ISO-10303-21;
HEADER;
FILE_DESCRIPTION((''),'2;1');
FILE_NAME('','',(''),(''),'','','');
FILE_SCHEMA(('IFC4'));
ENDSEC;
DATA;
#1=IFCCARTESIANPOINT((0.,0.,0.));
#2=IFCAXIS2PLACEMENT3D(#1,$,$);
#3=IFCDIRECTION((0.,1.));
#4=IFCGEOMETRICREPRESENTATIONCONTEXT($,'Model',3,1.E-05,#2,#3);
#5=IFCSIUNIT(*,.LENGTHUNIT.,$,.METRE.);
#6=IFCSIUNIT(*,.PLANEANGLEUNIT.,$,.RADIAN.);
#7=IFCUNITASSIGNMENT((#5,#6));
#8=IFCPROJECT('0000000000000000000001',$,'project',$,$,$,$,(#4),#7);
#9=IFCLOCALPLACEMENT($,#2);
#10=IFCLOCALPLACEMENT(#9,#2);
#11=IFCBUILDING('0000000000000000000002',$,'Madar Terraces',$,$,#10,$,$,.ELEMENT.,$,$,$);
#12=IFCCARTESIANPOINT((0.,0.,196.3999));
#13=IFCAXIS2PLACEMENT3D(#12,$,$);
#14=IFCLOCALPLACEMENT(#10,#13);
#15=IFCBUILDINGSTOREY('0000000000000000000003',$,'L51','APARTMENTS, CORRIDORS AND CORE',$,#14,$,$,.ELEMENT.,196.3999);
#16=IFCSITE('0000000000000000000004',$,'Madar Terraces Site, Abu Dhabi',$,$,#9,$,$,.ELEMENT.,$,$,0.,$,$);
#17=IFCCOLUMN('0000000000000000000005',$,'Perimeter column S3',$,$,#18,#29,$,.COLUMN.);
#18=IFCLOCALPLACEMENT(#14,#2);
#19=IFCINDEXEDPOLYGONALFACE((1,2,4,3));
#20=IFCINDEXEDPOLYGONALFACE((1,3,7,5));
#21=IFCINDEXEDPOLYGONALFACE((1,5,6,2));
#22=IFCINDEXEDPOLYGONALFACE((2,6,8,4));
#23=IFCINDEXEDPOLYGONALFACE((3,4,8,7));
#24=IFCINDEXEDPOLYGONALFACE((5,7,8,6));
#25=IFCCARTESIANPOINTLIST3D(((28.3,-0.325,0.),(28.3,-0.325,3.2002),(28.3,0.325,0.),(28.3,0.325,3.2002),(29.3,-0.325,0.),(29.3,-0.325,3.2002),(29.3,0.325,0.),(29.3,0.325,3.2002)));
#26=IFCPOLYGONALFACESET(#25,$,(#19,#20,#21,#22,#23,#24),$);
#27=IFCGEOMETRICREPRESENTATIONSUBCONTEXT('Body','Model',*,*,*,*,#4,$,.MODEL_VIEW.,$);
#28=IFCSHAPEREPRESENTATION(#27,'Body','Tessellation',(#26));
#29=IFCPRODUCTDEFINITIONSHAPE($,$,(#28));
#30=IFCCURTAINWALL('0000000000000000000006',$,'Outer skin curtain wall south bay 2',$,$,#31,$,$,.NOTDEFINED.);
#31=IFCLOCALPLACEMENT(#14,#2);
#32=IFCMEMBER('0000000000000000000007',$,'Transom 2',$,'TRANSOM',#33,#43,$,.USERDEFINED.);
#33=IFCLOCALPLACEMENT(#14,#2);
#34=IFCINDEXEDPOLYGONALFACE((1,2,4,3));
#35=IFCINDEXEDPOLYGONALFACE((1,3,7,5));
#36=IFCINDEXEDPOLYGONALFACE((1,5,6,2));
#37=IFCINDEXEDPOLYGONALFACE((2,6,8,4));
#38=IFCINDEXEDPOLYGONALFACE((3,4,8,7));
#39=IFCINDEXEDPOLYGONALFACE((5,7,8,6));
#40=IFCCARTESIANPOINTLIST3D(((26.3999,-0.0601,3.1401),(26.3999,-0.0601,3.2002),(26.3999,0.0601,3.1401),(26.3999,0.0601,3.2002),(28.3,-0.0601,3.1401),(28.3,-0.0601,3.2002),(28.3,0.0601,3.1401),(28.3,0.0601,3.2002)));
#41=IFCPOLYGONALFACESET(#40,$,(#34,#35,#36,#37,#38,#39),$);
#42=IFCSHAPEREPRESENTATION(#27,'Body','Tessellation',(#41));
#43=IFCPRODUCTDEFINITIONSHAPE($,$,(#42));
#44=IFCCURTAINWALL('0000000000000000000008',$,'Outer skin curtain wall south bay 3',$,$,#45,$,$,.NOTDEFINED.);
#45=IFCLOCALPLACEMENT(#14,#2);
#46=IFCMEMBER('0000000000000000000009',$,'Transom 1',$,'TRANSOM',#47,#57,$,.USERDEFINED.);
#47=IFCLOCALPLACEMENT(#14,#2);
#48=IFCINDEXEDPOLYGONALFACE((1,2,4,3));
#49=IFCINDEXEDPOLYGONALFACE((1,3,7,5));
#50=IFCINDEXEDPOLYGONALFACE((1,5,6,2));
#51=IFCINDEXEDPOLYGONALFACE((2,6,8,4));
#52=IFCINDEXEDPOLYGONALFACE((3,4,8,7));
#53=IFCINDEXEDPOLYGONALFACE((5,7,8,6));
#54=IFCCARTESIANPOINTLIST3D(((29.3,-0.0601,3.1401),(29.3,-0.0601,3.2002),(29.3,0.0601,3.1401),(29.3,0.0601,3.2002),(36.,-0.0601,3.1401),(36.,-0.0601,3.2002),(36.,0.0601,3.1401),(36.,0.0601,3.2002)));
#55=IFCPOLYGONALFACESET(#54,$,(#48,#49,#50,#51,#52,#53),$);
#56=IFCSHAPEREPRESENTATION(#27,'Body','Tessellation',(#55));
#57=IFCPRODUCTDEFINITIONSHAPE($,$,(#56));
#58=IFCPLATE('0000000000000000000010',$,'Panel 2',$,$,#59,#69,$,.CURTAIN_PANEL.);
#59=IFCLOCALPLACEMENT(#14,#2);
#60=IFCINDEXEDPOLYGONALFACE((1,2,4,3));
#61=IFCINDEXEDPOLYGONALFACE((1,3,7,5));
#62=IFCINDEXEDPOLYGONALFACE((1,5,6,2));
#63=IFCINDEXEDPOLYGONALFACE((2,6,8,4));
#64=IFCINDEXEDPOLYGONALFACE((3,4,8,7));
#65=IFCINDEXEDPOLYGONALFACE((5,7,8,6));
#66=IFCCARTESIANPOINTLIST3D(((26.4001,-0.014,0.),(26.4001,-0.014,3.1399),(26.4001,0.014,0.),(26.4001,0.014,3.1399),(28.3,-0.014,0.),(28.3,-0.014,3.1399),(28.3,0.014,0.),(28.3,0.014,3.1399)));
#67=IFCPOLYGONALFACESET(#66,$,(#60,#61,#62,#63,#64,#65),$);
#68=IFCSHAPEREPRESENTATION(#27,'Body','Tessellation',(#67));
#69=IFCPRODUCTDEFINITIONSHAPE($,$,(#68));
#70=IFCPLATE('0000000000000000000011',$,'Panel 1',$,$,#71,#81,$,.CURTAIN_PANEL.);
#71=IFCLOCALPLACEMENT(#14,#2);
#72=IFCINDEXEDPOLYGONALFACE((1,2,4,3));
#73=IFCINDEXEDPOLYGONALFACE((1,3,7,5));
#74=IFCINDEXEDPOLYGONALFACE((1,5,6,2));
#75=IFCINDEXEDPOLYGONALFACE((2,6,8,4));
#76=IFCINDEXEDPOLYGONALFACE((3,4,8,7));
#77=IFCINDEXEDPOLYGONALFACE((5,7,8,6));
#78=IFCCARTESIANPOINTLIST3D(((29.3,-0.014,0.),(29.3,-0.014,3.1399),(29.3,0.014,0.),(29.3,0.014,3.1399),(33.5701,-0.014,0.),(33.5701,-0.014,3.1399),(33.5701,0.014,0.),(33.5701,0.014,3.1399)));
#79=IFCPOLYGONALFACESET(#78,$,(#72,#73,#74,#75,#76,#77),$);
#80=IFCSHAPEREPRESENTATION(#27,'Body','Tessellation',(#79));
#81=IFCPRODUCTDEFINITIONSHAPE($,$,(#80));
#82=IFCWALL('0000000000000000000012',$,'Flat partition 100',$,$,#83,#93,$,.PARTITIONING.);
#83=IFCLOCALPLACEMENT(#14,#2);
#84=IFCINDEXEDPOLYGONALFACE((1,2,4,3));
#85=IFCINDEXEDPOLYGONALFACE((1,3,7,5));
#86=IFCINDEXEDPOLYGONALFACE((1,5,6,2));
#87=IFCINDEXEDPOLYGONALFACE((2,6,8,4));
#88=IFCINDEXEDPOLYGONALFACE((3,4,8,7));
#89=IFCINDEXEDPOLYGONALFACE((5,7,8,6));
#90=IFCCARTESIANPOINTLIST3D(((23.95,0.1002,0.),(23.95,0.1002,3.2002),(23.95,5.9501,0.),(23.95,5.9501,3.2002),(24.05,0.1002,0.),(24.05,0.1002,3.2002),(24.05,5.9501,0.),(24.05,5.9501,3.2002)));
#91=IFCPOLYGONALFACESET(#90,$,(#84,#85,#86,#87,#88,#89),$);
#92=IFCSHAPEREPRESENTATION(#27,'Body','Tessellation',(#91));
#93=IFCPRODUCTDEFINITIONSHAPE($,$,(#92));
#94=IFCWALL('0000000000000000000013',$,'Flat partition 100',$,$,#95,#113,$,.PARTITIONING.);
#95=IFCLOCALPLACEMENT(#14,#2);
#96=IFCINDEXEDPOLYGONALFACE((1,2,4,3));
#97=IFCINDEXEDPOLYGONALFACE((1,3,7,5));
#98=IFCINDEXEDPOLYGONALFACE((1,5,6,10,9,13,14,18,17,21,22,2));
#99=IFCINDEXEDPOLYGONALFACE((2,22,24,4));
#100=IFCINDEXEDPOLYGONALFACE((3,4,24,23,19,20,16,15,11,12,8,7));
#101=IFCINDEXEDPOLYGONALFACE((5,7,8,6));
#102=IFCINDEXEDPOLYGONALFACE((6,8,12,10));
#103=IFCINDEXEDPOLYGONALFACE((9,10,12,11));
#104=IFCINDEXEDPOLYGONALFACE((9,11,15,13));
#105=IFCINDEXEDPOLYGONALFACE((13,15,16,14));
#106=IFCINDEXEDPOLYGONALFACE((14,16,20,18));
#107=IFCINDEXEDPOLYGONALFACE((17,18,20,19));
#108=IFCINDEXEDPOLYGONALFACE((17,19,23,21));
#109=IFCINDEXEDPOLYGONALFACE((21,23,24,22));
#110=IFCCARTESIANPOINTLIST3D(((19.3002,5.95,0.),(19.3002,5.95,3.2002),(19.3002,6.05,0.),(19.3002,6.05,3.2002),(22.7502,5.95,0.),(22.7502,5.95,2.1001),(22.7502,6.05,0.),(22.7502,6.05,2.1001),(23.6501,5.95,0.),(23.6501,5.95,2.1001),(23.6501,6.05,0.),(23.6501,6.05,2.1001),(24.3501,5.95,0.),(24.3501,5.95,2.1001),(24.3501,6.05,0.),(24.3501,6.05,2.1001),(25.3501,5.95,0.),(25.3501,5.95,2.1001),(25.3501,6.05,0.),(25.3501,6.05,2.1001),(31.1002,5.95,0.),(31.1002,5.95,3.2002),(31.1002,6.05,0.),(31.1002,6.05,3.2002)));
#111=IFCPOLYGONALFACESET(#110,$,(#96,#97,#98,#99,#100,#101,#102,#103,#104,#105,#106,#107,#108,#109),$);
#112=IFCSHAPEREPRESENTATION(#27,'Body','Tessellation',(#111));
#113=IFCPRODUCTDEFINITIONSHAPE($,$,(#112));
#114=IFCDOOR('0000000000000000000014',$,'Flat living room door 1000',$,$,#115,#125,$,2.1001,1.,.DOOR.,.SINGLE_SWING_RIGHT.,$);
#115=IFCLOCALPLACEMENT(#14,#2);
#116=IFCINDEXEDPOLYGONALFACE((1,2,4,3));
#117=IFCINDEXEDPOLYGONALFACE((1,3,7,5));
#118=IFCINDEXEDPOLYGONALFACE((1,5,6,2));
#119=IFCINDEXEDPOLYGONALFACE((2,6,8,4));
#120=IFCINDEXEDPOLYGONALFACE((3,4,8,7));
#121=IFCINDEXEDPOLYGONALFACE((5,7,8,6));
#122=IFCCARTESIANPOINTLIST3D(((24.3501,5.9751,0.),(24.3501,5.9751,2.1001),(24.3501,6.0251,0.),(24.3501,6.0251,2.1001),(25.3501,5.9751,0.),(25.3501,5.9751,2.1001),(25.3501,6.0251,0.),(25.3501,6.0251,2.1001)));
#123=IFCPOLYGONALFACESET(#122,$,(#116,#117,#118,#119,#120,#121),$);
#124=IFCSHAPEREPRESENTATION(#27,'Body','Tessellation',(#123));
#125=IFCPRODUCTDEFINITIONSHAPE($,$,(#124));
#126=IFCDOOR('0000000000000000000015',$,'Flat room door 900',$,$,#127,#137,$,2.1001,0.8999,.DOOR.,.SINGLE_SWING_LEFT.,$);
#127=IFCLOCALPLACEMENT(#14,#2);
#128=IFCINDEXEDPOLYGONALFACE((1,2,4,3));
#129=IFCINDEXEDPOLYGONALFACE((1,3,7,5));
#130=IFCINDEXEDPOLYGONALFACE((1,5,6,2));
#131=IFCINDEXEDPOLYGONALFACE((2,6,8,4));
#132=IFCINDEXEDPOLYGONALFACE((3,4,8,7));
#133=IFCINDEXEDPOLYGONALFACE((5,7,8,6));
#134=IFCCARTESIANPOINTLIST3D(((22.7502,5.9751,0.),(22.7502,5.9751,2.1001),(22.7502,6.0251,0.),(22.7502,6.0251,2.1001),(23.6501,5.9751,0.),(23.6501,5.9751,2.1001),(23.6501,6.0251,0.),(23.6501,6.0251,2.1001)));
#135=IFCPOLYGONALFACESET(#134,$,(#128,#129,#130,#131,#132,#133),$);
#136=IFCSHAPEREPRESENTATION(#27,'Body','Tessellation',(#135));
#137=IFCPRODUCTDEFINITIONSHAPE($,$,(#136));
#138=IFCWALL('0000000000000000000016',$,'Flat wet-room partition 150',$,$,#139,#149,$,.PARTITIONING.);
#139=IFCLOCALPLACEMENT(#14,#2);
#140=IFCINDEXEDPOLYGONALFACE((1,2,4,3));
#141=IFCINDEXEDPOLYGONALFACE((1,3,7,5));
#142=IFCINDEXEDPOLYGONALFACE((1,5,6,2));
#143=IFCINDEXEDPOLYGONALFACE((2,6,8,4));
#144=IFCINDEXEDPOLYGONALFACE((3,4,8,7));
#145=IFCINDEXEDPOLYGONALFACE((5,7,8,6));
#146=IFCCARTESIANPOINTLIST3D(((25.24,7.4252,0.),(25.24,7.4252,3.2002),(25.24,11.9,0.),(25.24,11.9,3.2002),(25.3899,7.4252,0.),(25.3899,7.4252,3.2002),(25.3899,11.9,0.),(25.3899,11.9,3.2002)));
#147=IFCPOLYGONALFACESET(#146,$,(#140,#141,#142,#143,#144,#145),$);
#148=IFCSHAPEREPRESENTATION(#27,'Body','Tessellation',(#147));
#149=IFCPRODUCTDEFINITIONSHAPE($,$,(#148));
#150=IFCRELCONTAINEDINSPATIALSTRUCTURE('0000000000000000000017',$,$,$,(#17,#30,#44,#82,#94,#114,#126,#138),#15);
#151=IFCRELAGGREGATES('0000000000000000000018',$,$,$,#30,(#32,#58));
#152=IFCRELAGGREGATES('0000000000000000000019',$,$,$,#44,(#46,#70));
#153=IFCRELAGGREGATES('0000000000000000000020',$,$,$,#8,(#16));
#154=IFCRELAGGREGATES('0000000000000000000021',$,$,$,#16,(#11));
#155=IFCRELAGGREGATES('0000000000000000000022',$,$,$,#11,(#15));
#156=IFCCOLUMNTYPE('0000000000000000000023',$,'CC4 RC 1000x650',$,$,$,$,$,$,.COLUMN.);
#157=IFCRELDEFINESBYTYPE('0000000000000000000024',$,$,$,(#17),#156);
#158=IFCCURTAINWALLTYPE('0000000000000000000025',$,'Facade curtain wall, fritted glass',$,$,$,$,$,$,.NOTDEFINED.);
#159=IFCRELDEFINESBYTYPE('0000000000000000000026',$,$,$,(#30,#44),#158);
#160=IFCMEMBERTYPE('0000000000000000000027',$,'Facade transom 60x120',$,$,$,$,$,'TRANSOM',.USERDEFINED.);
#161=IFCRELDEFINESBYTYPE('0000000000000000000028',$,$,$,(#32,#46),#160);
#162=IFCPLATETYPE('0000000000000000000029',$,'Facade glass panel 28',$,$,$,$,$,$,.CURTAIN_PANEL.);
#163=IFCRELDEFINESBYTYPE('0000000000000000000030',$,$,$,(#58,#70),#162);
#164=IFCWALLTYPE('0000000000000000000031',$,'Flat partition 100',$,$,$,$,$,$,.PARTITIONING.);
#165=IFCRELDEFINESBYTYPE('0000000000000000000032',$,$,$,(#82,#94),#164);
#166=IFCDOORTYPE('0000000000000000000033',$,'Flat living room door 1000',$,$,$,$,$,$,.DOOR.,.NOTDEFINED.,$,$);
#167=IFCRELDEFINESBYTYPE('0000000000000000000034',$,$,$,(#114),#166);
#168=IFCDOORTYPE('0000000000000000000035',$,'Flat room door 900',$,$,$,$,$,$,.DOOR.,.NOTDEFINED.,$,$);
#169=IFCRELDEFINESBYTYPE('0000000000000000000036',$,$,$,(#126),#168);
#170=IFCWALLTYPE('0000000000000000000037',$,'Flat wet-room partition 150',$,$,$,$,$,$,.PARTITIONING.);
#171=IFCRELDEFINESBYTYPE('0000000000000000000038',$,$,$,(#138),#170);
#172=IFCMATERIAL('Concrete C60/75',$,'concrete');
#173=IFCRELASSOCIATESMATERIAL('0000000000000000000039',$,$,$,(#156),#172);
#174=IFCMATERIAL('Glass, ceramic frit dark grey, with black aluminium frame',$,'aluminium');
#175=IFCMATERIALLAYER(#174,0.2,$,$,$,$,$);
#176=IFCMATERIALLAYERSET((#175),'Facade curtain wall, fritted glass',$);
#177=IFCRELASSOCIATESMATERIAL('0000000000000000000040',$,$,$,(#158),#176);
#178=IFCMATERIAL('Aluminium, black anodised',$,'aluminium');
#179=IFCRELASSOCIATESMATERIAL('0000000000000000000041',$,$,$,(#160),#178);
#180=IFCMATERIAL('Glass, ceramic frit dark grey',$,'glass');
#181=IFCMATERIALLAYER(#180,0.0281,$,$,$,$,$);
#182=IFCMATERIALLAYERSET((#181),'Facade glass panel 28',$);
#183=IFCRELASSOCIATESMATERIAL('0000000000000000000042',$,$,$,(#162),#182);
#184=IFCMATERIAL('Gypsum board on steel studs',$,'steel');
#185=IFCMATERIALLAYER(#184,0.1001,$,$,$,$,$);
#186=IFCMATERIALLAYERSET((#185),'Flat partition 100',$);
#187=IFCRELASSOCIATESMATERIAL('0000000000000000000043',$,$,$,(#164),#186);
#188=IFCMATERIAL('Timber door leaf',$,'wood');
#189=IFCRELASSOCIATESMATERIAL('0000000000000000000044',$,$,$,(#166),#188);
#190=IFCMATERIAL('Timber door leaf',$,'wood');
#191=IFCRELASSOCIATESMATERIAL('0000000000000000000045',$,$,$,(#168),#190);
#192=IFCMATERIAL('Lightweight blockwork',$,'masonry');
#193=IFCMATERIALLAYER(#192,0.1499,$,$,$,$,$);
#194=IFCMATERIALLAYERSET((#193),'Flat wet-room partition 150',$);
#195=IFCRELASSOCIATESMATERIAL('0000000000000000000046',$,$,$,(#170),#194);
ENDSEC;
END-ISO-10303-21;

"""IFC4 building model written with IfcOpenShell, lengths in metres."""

from ifc_helpers import new_model, si_unit, direction, frame, frame_2d, origin, origin_2d, place, context, subcontext, project, spatial, rectangle, extrude, material, layer, layer_set, material_profile, profile_set, type_object, element, fill, aggregate, save


model = new_model("IFC4")

# Units and contexts
model_context = context("Model", 3, precision=1e-05, world=origin(), true_north=direction((0.0, 1.0)))
body_context = subcontext(model_context, "Body", "Model", "MODEL_VIEW")
ifc_project = project(units=[si_unit("LENGTHUNIT", "METRE"), si_unit("PLANEANGLEUNIT", "RADIAN")], contexts=[model_context])

# Site, building, storey
site_placement = place(None, origin())
site = spatial("IfcSite", under=ifc_project, at=site_placement, Name="Madar Terraces Site, Abu Dhabi", CompositionType="ELEMENT", RefElevation=0.0)
building_placement = place(site_placement, origin())
building = spatial("IfcBuilding", under=site, at=building_placement, Name="Madar Terraces", CompositionType="ELEMENT")
storey_placement = place(building_placement, frame((0.0, 0.0, 196.3999)))
storey = spatial("IfcBuildingStorey", under=building, at=storey_placement, Name="L51", Description="APARTMENTS, CORRIDORS AND CORE", CompositionType="ELEMENT", Elevation=196.3999)

# Column
ifc_material_1 = material(Name="Concrete C60/75", Category="concrete")
ifc_material_profile_1 = material_profile(ifc_material_1, rectangle(XDim=1.0, YDim=0.6499, at=origin_2d()), Name="CC4 RC 1000x650")
ifc_profile_set_1 = profile_set([ifc_material_profile_1], Name="Concrete C60/75")
column_type = type_object("IfcColumnType", Name="CC4 RC 1000x650", PredefinedType="COLUMN", material=ifc_profile_set_1)
column_placement = place(storey_placement, frame((28.8, 0.0, 0.0), z_axis=(0.0, 0.0, 1.0), x_axis=(1.0, 0.0, 0.0)))
element("IfcColumn", 1, at=column_placement, inside=storey, type_object=column_type, Name="Perimeter column S3", PredefinedType="COLUMN", context=body_context, shape_type="SweptSolid", body=[
    extrude(rectangle(XDim=1.0, YDim=0.6499, at=origin_2d()), origin(), (0.0, 0.0, 1.0), 3.2002),
])

# Curtain walls, members
ifc_material_2 = material(Name="Glass, ceramic frit dark grey, with black aluminium frame", Category="aluminium")
ifc_layer_1 = layer(ifc_material_2, 0.2)
ifc_layer_set_1 = layer_set([ifc_layer_1], Name="Facade curtain wall, fritted glass")
curtain_wall_type = type_object("IfcCurtainWallType", Name="Facade curtain wall, fritted glass", PredefinedType="NOTDEFINED", material=ifc_layer_set_1)
curtain_wall_1_placement = place(storey_placement, origin())
curtain_wall_1 = element("IfcCurtainWall", 2, at=curtain_wall_1_placement, inside=storey, type_object=curtain_wall_type, Name="Outer skin curtain wall south bay 2", PredefinedType="NOTDEFINED")
ifc_material_3 = material(Name="Aluminium, black anodised", Category="aluminium")
ifc_material_profile_2 = material_profile(ifc_material_3, rectangle(XDim=0.1201, YDim=0.0601, at=origin_2d()), Name="Facade transom 60x120")
ifc_profile_set_2 = profile_set([ifc_material_profile_2], Name="Aluminium, black anodised")
member_type = type_object("IfcMemberType", Name="Facade transom 60x120", ElementType="TRANSOM", PredefinedType="USERDEFINED", material=ifc_profile_set_2)
member_1_placement = place(storey_placement, frame((26.3999, 0.0, 3.1702), z_axis=(1.0, 0.0, 0.0), x_axis=(0.0, 1.0, 0.0)))
member_1 = element("IfcMember", 3, at=member_1_placement, type_object=member_type, Name="Transom 2", ObjectType="TRANSOM", PredefinedType="USERDEFINED", context=body_context, shape_type="SweptSolid", body=[
    extrude(rectangle(XDim=0.1201, YDim=0.0601, at=origin_2d()), origin(), (0.0, 0.0, 1.0), 1.9001),
])
curtain_wall_2_placement = place(storey_placement, origin())
curtain_wall_2 = element("IfcCurtainWall", 4, at=curtain_wall_2_placement, inside=storey, type_object=curtain_wall_type, Name="Outer skin curtain wall south bay 3", PredefinedType="NOTDEFINED")
member_2_placement = place(storey_placement, frame((29.3, 0.0, 3.1702), z_axis=(1.0, 0.0, 0.0), x_axis=(0.0, 1.0, 0.0)))
member_2 = element("IfcMember", 5, at=member_2_placement, type_object=member_type, Name="Transom 1", ObjectType="TRANSOM", PredefinedType="USERDEFINED", context=body_context, shape_type="SweptSolid", body=[
    extrude(rectangle(XDim=0.1201, YDim=0.0601, at=origin_2d()), origin(), (0.0, 0.0, 1.0), 6.7),
])

# Plates
ifc_material_4 = material(Name="Glass, ceramic frit dark grey", Category="glass")
ifc_layer_2 = layer(ifc_material_4, 0.0281)
ifc_layer_set_2 = layer_set([ifc_layer_2], Name="Facade glass panel 28")
plate_type = type_object("IfcPlateType", Name="Facade glass panel 28", PredefinedType="CURTAIN_PANEL", material=ifc_layer_set_2)
plate_1_placement = place(storey_placement, frame((27.3501, 0.0, 0.0), z_axis=(0.0, 0.0, 1.0), x_axis=(1.0, 0.0, 0.0)))
plate_1 = element("IfcPlate", 6, at=plate_1_placement, type_object=plate_type, Name="Panel 2", PredefinedType="CURTAIN_PANEL", context=body_context, shape_type="SweptSolid", body=[
    extrude(rectangle(XDim=1.8999, YDim=0.0281, at=origin_2d()), origin(), (0.0, 0.0, 1.0), 3.1399),
])
aggregate(curtain_wall_1, [member_1, plate_1])
plate_2_placement = place(storey_placement, frame((31.4351, 0.0, 0.0), z_axis=(0.0, 0.0, 1.0), x_axis=(1.0, 0.0, 0.0)))
plate_2 = element("IfcPlate", 7, at=plate_2_placement, type_object=plate_type, Name="Panel 1", PredefinedType="CURTAIN_PANEL", context=body_context, shape_type="SweptSolid", body=[
    extrude(rectangle(XDim=4.27, YDim=0.0281, at=origin_2d()), origin(), (0.0, 0.0, 1.0), 3.1399),
])
aggregate(curtain_wall_2, [member_2, plate_2])

# Wall
ifc_material_5 = material(Name="Gypsum board on steel studs", Category="steel")
ifc_layer_3 = layer(ifc_material_5, 0.1001)
ifc_layer_set_3 = layer_set([ifc_layer_3], Name="Flat partition 100")
wall_type_1 = type_object("IfcWallType", Name="Flat partition 100", PredefinedType="PARTITIONING", material=ifc_layer_set_3)
wall_1_placement = place(storey_placement, frame((24.0, 5.95, 0.0), z_axis=(0.0, 0.0, 1.0), x_axis=(0.0, -1.0, 0.0)))
element("IfcWall", 8, at=wall_1_placement, inside=storey, type_object=wall_type_1, Name="Flat partition 100", PredefinedType="PARTITIONING", context=body_context, shape_type="SweptSolid", body=[
    extrude(rectangle(XDim=5.8499, YDim=0.1001, at=frame_2d((2.9248, 0.0))), origin(), (0.0, 0.0, 1.0), 3.2002),
])

# Wall, openings, doors
wall_2_placement = place(storey_placement, frame((31.1001, 6.0, 0.0), z_axis=(0.0, 0.0, 1.0), x_axis=(-1.0, 0.0, 0.0)))
wall_2 = element("IfcWall", 9, at=wall_2_placement, inside=storey, type_object=wall_type_1, Name="Flat partition 100", PredefinedType="PARTITIONING", context=body_context, shape_type="SweptSolid", body=[
    extrude(rectangle(XDim=11.8, YDim=0.1001, at=frame_2d((5.8999, 0.0))), origin(), (0.0, 0.0, 1.0), 3.2002),
])
opening_1_placement = place(wall_2_placement, frame((5.75, 0.0, 0.0)))
opening_1 = element("IfcOpeningElement", 10, at=opening_1_placement, cuts=wall_2, PredefinedType="OPENING", context=body_context, shape_type="SweptSolid", body=[
    extrude(rectangle(XDim=1.0, YDim=2.1001, at=frame_2d((0.5, 1.05))), frame((0.0, 0.0601, 0.0), z_axis=(0.0, -1.0, 0.0), x_axis=(1.0, 0.0, 0.0)), (0.0, 0.0, 1.0), 0.1201),
])
opening_2_placement = place(wall_2_placement, frame((7.45, 0.0, 0.0)))
opening_2 = element("IfcOpeningElement", 11, at=opening_2_placement, cuts=wall_2, PredefinedType="OPENING", context=body_context, shape_type="SweptSolid", body=[
    extrude(rectangle(XDim=0.8999, YDim=2.1001, at=frame_2d((0.45, 1.05))), frame((0.0, 0.0601, 0.0), z_axis=(0.0, -1.0, 0.0), x_axis=(1.0, 0.0, 0.0)), (0.0, 0.0, 1.0), 0.1201),
])
ifc_material_6 = material(Name="Timber door leaf", Category="wood")
door_type_1 = type_object("IfcDoorType", Name="Flat living room door 1000", OperationType="NOTDEFINED", PredefinedType="DOOR", material=ifc_material_6)
door_1_placement = place(opening_1_placement, origin())
door_1 = element("IfcDoor", 12, at=door_1_placement, inside=storey, type_object=door_type_1, Name="Flat living room door 1000", OperationType="SINGLE_SWING_RIGHT", OverallHeight=2.1001, OverallWidth=1.0, PredefinedType="DOOR", context=body_context, shape_type="SweptSolid", body=[
    extrude(rectangle(XDim=1.0, YDim=2.1001, at=frame_2d((0.5, 1.05))), frame((0.0, 0.0249, 0.0), z_axis=(0.0, -1.0, 0.0), x_axis=(1.0, 0.0, 0.0)), (0.0, 0.0, 1.0), 0.05),
])
fill(opening_1, door_1)
ifc_material_7 = material(Name="Timber door leaf", Category="wood")
door_type_2 = type_object("IfcDoorType", Name="Flat room door 900", OperationType="NOTDEFINED", PredefinedType="DOOR", material=ifc_material_7)
door_2_placement = place(opening_2_placement, origin())
door_2 = element("IfcDoor", 13, at=door_2_placement, inside=storey, type_object=door_type_2, Name="Flat room door 900", OperationType="SINGLE_SWING_LEFT", OverallHeight=2.1001, OverallWidth=0.8999, PredefinedType="DOOR", context=body_context, shape_type="SweptSolid", body=[
    extrude(rectangle(XDim=0.8999, YDim=2.1001, at=frame_2d((0.45, 1.05))), frame((0.0, 0.0249, 0.0), z_axis=(0.0, -1.0, 0.0), x_axis=(1.0, 0.0, 0.0)), (0.0, 0.0, 1.0), 0.05),
])
fill(opening_2, door_2)

# Wall
ifc_material_8 = material(Name="Lightweight blockwork", Category="masonry")
ifc_layer_4 = layer(ifc_material_8, 0.1499)
ifc_layer_set_4 = layer_set([ifc_layer_4], Name="Flat wet-room partition 150")
wall_type_2 = type_object("IfcWallType", Name="Flat wet-room partition 150", PredefinedType="PARTITIONING", material=ifc_layer_set_4)
wall_3_placement = place(storey_placement, frame((25.3149, 11.8999, 0.0), z_axis=(0.0, 0.0, 1.0), x_axis=(0.0, -1.0, 0.0)))
element("IfcWall", 14, at=wall_3_placement, inside=storey, type_object=wall_type_2, Name="Flat wet-room partition 150", PredefinedType="PARTITIONING", context=body_context, shape_type="SweptSolid", body=[
    extrude(rectangle(XDim=4.4749, YDim=0.1499, at=frame_2d((2.2373, 0.0))), origin(), (0.0, 0.0, 1.0), 3.2002),
])

save(model, "model.ifc")
